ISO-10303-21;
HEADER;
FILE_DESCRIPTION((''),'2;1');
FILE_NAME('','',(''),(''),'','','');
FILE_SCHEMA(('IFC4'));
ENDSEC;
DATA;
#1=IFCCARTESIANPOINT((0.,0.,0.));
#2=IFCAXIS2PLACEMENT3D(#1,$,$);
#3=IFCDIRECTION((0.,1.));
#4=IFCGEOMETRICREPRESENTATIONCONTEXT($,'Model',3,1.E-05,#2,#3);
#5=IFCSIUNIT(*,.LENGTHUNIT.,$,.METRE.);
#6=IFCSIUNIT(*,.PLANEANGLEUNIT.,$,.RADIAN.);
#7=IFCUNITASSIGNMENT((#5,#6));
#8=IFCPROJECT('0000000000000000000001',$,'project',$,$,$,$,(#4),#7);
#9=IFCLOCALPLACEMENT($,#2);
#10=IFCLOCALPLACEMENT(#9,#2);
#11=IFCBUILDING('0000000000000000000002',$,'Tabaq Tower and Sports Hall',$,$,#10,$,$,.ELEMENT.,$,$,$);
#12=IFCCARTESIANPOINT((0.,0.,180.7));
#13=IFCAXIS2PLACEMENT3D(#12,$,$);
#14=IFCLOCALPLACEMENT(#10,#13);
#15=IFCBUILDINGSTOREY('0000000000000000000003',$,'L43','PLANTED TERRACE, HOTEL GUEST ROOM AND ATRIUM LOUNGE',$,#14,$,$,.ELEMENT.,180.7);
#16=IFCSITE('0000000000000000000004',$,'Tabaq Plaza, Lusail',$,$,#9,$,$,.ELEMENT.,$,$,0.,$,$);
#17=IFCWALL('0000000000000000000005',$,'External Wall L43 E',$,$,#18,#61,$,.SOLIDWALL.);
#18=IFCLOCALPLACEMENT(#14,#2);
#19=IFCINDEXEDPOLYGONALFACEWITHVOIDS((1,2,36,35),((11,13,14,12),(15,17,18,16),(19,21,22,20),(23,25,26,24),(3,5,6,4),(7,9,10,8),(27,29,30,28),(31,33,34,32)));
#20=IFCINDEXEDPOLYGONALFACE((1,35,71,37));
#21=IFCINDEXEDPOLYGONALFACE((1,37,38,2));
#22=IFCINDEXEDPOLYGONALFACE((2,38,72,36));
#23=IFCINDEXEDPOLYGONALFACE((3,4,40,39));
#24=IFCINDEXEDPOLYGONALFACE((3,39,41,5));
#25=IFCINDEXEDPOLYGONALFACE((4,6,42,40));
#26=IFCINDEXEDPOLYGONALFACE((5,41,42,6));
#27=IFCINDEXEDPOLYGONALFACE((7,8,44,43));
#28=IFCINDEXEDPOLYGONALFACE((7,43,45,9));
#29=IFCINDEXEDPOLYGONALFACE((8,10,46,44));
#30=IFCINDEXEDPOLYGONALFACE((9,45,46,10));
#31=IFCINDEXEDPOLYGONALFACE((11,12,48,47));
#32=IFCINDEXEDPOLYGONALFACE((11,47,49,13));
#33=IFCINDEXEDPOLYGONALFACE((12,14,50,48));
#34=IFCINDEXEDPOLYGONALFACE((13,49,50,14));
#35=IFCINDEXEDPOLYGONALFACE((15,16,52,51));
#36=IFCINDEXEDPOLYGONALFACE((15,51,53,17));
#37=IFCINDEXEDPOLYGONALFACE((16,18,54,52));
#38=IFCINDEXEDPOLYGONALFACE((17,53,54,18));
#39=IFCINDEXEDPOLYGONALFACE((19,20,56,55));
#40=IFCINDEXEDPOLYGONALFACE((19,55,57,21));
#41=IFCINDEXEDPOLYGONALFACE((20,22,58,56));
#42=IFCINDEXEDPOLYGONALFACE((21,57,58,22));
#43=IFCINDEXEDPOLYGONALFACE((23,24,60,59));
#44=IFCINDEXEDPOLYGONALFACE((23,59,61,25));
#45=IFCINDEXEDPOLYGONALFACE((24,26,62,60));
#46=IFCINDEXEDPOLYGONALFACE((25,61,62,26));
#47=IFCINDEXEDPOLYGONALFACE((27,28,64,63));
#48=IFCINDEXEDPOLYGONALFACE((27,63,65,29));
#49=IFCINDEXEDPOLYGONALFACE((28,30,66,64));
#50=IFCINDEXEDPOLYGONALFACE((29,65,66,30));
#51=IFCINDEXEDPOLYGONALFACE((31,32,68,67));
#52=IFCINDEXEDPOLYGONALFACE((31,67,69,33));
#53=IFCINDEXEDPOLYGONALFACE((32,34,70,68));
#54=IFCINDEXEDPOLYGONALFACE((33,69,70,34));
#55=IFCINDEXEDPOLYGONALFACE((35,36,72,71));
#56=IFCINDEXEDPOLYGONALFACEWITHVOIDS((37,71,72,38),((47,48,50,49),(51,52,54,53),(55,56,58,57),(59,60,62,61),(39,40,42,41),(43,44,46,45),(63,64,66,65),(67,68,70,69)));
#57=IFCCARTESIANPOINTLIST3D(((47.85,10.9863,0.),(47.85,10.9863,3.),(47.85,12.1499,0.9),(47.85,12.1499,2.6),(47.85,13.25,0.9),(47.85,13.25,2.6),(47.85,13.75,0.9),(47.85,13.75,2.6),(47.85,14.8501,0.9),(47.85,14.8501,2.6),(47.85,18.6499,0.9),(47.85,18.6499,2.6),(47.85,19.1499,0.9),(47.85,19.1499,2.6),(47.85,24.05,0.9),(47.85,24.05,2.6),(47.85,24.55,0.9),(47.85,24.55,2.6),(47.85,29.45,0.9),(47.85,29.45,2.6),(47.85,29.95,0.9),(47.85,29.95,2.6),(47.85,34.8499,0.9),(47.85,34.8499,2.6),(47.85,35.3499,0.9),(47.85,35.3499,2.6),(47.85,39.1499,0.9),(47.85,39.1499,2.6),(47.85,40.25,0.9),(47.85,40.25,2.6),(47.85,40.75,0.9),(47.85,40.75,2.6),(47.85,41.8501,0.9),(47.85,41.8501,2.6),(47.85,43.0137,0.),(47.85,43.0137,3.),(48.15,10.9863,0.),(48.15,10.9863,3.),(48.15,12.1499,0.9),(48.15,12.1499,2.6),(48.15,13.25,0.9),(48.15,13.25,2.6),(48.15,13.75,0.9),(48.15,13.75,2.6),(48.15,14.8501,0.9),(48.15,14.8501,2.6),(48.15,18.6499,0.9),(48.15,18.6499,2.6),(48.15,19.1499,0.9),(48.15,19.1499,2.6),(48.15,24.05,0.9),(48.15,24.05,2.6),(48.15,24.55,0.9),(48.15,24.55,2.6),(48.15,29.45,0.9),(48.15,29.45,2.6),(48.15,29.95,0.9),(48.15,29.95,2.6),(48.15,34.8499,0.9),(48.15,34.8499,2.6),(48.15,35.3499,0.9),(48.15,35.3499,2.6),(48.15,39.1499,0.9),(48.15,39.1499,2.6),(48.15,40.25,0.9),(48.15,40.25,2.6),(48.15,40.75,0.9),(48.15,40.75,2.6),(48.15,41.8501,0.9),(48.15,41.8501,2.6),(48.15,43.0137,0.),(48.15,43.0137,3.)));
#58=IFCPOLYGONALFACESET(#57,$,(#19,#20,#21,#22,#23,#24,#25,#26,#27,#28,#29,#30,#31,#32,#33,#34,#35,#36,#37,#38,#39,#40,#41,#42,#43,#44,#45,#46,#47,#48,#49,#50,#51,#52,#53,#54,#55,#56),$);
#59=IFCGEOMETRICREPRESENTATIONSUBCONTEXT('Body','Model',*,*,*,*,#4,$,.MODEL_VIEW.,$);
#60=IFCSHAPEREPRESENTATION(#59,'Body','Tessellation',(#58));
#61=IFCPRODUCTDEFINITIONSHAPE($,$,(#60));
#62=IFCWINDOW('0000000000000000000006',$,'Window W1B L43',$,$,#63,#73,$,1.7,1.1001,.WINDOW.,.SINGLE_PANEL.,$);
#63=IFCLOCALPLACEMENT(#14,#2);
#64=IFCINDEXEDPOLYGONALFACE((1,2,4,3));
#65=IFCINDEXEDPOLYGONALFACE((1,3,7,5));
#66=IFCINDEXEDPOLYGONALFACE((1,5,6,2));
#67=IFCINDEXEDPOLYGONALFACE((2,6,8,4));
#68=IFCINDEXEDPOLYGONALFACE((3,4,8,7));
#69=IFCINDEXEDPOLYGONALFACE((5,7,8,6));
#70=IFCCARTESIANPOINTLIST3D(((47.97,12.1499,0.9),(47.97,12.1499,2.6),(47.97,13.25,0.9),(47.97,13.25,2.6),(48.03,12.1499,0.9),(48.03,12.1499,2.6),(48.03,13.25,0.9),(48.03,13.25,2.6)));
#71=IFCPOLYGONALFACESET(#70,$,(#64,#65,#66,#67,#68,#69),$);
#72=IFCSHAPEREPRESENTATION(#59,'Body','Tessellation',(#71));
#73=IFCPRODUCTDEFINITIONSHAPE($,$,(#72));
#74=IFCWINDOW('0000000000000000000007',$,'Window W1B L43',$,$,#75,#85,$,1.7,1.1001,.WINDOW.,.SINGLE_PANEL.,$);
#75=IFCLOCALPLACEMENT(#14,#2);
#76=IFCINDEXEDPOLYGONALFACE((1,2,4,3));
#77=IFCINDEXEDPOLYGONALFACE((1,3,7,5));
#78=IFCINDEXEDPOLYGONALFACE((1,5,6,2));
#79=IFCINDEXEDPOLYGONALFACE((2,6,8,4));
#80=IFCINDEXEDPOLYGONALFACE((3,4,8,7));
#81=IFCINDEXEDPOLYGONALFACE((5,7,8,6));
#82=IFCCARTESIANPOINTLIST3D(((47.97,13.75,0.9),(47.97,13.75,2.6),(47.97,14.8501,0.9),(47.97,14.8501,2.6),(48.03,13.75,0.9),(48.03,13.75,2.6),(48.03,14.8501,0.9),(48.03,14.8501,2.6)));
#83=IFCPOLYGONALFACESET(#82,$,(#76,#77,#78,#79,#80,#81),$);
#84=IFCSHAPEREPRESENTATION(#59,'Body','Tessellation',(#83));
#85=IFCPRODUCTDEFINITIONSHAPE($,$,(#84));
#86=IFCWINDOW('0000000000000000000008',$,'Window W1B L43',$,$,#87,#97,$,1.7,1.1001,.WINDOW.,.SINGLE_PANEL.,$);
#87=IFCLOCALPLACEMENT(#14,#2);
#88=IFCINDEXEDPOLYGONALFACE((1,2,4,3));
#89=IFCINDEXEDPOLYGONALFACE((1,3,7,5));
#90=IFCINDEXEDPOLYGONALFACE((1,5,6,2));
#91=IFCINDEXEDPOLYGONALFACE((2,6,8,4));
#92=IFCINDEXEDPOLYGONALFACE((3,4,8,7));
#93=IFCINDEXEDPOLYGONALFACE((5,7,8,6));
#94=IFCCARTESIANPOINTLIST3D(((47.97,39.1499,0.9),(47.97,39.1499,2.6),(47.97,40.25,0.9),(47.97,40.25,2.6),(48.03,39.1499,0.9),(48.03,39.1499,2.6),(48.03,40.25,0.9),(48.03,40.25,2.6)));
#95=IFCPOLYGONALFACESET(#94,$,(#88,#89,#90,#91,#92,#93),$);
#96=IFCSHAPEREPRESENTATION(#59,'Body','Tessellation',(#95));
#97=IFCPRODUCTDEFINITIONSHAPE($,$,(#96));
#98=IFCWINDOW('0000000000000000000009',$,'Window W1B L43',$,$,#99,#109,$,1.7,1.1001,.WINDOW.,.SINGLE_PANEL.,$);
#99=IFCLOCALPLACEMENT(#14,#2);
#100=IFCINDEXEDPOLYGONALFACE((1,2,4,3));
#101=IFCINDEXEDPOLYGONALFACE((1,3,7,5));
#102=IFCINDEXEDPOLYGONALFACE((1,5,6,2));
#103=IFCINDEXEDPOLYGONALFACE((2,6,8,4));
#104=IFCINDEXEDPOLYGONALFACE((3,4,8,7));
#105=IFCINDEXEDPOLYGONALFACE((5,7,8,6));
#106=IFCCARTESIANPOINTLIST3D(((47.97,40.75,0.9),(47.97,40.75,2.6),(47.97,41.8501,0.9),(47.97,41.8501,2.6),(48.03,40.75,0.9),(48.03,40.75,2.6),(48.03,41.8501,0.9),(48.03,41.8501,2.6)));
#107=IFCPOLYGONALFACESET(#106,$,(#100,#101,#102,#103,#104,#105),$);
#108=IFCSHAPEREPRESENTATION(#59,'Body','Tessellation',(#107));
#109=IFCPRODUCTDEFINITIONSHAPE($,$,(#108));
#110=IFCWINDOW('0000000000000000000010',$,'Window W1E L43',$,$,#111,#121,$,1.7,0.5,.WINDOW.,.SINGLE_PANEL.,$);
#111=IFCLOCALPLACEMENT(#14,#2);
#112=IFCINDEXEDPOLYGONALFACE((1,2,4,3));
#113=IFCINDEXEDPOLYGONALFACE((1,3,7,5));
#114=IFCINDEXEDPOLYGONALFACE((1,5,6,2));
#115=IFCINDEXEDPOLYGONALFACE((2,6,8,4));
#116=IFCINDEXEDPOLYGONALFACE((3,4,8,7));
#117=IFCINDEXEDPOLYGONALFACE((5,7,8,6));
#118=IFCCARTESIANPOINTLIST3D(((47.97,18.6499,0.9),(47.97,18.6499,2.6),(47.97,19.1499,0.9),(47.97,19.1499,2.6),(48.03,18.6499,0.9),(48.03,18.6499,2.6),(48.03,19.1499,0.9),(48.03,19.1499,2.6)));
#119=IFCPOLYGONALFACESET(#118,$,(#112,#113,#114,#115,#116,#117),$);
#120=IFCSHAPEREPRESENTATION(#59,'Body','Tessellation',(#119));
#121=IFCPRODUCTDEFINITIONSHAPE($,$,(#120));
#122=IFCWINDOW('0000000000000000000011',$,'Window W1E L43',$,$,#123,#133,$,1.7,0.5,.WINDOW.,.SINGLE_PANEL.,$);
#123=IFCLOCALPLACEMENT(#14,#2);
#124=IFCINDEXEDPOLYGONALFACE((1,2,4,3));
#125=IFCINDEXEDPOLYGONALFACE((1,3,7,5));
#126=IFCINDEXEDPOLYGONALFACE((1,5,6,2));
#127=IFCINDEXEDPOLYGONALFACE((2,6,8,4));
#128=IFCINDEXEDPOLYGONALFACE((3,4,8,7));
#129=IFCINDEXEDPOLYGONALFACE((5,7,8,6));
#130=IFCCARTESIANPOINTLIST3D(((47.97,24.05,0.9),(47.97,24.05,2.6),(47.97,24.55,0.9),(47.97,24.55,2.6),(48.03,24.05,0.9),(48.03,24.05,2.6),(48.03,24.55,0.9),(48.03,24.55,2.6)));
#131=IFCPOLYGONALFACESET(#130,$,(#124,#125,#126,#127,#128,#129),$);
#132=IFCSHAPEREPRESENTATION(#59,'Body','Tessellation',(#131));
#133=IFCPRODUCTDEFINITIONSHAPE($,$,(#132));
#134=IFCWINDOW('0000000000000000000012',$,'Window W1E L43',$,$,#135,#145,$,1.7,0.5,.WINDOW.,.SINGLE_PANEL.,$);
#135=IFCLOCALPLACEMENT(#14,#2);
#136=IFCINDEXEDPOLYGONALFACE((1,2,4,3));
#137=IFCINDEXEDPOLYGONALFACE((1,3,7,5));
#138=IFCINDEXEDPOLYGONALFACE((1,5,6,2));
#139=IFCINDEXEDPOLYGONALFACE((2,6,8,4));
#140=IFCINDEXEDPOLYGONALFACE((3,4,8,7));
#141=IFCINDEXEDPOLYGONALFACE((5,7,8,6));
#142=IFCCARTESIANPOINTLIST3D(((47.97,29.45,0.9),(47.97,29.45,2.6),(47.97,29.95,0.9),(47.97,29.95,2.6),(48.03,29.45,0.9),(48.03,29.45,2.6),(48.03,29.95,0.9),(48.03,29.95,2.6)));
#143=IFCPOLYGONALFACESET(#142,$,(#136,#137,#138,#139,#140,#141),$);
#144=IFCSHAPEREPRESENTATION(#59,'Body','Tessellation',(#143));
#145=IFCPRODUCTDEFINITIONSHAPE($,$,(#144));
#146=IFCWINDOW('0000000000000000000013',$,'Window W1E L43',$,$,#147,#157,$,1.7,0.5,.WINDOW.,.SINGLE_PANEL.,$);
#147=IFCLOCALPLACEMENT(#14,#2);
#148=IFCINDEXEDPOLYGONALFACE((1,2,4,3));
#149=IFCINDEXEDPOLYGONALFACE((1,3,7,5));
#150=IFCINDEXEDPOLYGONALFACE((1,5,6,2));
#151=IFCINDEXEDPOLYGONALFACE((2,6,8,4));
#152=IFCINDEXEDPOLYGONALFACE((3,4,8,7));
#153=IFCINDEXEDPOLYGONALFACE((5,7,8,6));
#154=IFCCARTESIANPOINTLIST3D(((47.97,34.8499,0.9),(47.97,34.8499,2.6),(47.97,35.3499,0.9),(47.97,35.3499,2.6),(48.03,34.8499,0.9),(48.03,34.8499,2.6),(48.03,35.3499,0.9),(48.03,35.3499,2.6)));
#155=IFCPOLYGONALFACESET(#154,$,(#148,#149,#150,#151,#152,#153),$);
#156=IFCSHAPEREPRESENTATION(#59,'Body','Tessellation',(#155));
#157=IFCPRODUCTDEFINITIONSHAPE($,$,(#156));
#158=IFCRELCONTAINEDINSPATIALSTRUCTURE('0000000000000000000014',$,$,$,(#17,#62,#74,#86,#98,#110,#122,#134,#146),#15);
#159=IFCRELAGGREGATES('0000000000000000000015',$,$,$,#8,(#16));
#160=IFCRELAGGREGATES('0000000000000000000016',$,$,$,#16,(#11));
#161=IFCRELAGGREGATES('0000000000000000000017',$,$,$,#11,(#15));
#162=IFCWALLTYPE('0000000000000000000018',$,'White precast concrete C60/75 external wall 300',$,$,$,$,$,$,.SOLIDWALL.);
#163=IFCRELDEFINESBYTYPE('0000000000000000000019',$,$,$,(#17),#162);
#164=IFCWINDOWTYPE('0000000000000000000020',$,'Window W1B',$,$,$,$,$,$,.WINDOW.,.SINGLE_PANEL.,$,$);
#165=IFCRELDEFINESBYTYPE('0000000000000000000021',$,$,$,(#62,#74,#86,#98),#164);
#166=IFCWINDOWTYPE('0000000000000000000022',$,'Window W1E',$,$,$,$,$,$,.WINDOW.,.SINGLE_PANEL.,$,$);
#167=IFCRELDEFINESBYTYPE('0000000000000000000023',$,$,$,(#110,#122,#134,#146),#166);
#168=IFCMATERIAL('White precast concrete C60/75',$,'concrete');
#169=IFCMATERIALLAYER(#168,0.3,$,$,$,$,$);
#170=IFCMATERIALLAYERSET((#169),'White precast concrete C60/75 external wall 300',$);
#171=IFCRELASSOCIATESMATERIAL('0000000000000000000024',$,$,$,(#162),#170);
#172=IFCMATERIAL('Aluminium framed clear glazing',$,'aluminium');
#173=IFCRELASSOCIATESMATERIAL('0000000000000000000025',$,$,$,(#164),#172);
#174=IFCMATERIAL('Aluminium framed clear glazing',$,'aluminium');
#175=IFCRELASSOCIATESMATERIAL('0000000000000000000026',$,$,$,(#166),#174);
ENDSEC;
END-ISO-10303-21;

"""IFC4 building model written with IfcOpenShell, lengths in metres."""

from ifc_helpers import new_model, si_unit, direction, frame, frame_2d, origin, place, context, subcontext, project, spatial, rectangle, extrude, material, layer, layer_set, type_object, element, fill, save


model = new_model("IFC4")

# Units and contexts
model_context = context("Model", 3, precision=1e-05, world=origin(), true_north=direction((0.0, 1.0)))
body_context = subcontext(model_context, "Body", "Model", "MODEL_VIEW")
ifc_project = project(units=[si_unit("LENGTHUNIT", "METRE"), si_unit("PLANEANGLEUNIT", "RADIAN")], contexts=[model_context])

# Site, building, storey
site_placement = place(None, origin())
site = spatial("IfcSite", under=ifc_project, at=site_placement, Name="Tabaq Plaza, Lusail", CompositionType="ELEMENT", RefElevation=0.0)
building_placement = place(site_placement, origin())
building = spatial("IfcBuilding", under=site, at=building_placement, Name="Tabaq Tower and Sports Hall", CompositionType="ELEMENT")
storey_placement = place(building_placement, frame((0.0, 0.0, 180.7)))
storey = spatial("IfcBuildingStorey", under=building, at=storey_placement, Name="L43", Description="PLANTED TERRACE, HOTEL GUEST ROOM AND ATRIUM LOUNGE", CompositionType="ELEMENT", Elevation=180.7)

# Wall, openings, windows
ifc_material_1 = material(Name="White precast concrete C60/75", Category="concrete")
ifc_layer_1 = layer(ifc_material_1, 0.3)
ifc_layer_set_1 = layer_set([ifc_layer_1], Name="White precast concrete C60/75 external wall 300")
wall_type_1 = type_object("IfcWallType", Name="White precast concrete C60/75 external wall 300", PredefinedType="SOLIDWALL", material=ifc_layer_set_1)
wall_1_placement = place(storey_placement, frame((48.0, 10.9863, 0.0), z_axis=(0.0, 0.0, 1.0), x_axis=(0.0, 1.0, 0.0)))
wall_1 = element("IfcWall", 1, at=wall_1_placement, inside=storey, type_object=wall_type_1, Name="External Wall L43 E", PredefinedType="SOLIDWALL", context=body_context, shape_type="SweptSolid", body=[
    extrude(rectangle(XDim=32.0273, YDim=0.3, at=frame_2d((16.0137, 0.0))), origin(), (0.0, 0.0, 1.0), 3.0),
])
opening_1_placement = place(wall_1_placement, frame((1.1636, 0.0, 0.8999)))
opening_1 = element("IfcOpeningElement", 2, at=opening_1_placement, cuts=wall_1, PredefinedType="OPENING", context=body_context, shape_type="SweptSolid", body=[
    extrude(rectangle(XDim=1.1001, YDim=1.7, at=frame_2d((0.55, 0.8501))), frame((0.0, 0.1602, 0.0), z_axis=(0.0, -1.0, 0.0), x_axis=(1.0, 0.0, 0.0)), (0.0, 0.0, 1.0), 0.3201),
])
opening_2_placement = place(wall_1_placement, frame((2.7637, 0.0, 0.8999)))
opening_2 = element("IfcOpeningElement", 3, at=opening_2_placement, cuts=wall_1, PredefinedType="OPENING", context=body_context, shape_type="SweptSolid", body=[
    extrude(rectangle(XDim=1.1001, YDim=1.7, at=frame_2d((0.55, 0.8501))), frame((0.0, 0.1602, 0.0), z_axis=(0.0, -1.0, 0.0), x_axis=(1.0, 0.0, 0.0)), (0.0, 0.0, 1.0), 0.3201),
])
opening_3_placement = place(wall_1_placement, frame((7.6636, 0.0, 0.8999)))
opening_3 = element("IfcOpeningElement", 4, at=opening_3_placement, cuts=wall_1, PredefinedType="OPENING", context=body_context, shape_type="SweptSolid", body=[
    extrude(rectangle(XDim=0.5, YDim=1.7, at=frame_2d((0.25, 0.8501))), frame((0.0, 0.1602, 0.0), z_axis=(0.0, -1.0, 0.0), x_axis=(1.0, 0.0, 0.0)), (0.0, 0.0, 1.0), 0.3201),
])
opening_4_placement = place(wall_1_placement, frame((13.0637, 0.0, 0.8999)))
opening_4 = element("IfcOpeningElement", 5, at=opening_4_placement, cuts=wall_1, PredefinedType="OPENING", context=body_context, shape_type="SweptSolid", body=[
    extrude(rectangle(XDim=0.5, YDim=1.7, at=frame_2d((0.25, 0.8501))), frame((0.0, 0.1602, 0.0), z_axis=(0.0, -1.0, 0.0), x_axis=(1.0, 0.0, 0.0)), (0.0, 0.0, 1.0), 0.3201),
])
opening_5_placement = place(wall_1_placement, frame((18.4636, 0.0, 0.8999)))
opening_5 = element("IfcOpeningElement", 6, at=opening_5_placement, cuts=wall_1, PredefinedType="OPENING", context=body_context, shape_type="SweptSolid", body=[
    extrude(rectangle(XDim=0.5, YDim=1.7, at=frame_2d((0.25, 0.8501))), frame((0.0, 0.1602, 0.0), z_axis=(0.0, -1.0, 0.0), x_axis=(1.0, 0.0, 0.0)), (0.0, 0.0, 1.0), 0.3201),
])
opening_6_placement = place(wall_1_placement, frame((23.8635, 0.0, 0.8999)))
opening_6 = element("IfcOpeningElement", 7, at=opening_6_placement, cuts=wall_1, PredefinedType="OPENING", context=body_context, shape_type="SweptSolid", body=[
    extrude(rectangle(XDim=0.5, YDim=1.7, at=frame_2d((0.25, 0.8501))), frame((0.0, 0.1602, 0.0), z_axis=(0.0, -1.0, 0.0), x_axis=(1.0, 0.0, 0.0)), (0.0, 0.0, 1.0), 0.3201),
])
opening_7_placement = place(wall_1_placement, frame((28.1636, 0.0, 0.8999)))
opening_7 = element("IfcOpeningElement", 8, at=opening_7_placement, cuts=wall_1, PredefinedType="OPENING", context=body_context, shape_type="SweptSolid", body=[
    extrude(rectangle(XDim=1.1001, YDim=1.7, at=frame_2d((0.55, 0.8501))), frame((0.0, 0.1602, 0.0), z_axis=(0.0, -1.0, 0.0), x_axis=(1.0, 0.0, 0.0)), (0.0, 0.0, 1.0), 0.3201),
])
opening_8_placement = place(wall_1_placement, frame((29.7637, 0.0, 0.8999)))
opening_8 = element("IfcOpeningElement", 9, at=opening_8_placement, cuts=wall_1, PredefinedType="OPENING", context=body_context, shape_type="SweptSolid", body=[
    extrude(rectangle(XDim=1.1001, YDim=1.7, at=frame_2d((0.55, 0.8501))), frame((0.0, 0.1602, 0.0), z_axis=(0.0, -1.0, 0.0), x_axis=(1.0, 0.0, 0.0)), (0.0, 0.0, 1.0), 0.3201),
])
ifc_material_2 = material(Name="Aluminium framed clear glazing", Category="aluminium")
window_type_1 = type_object("IfcWindowType", Name="Window W1B", PartitioningType="SINGLE_PANEL", PredefinedType="WINDOW", material=ifc_material_2)
window_1_placement = place(opening_1_placement, origin())
window_1 = element("IfcWindow", 10, at=window_1_placement, inside=storey, type_object=window_type_1, Name="Window W1B L43", OverallHeight=1.7, OverallWidth=1.1001, PartitioningType="SINGLE_PANEL", PredefinedType="WINDOW", context=body_context, shape_type="SweptSolid", body=[
    extrude(rectangle(XDim=1.1001, YDim=1.7, at=frame_2d((0.55, 0.8501))), frame((0.0, 0.03, 0.0), z_axis=(0.0, -1.0, 0.0), x_axis=(1.0, 0.0, 0.0)), (0.0, 0.0, 1.0), 0.0601),
])
fill(opening_1, window_1)
window_2_placement = place(opening_2_placement, origin())
window_2 = element("IfcWindow", 11, at=window_2_placement, inside=storey, type_object=window_type_1, Name="Window W1B L43", OverallHeight=1.7, OverallWidth=1.1001, PartitioningType="SINGLE_PANEL", PredefinedType="WINDOW", context=body_context, shape_type="SweptSolid", body=[
    extrude(rectangle(XDim=1.1001, YDim=1.7, at=frame_2d((0.55, 0.8501))), frame((0.0, 0.03, 0.0), z_axis=(0.0, -1.0, 0.0), x_axis=(1.0, 0.0, 0.0)), (0.0, 0.0, 1.0), 0.0601),
])
fill(opening_2, window_2)
window_3_placement = place(opening_7_placement, origin())
window_3 = element("IfcWindow", 12, at=window_3_placement, inside=storey, type_object=window_type_1, Name="Window W1B L43", OverallHeight=1.7, OverallWidth=1.1001, PartitioningType="SINGLE_PANEL", PredefinedType="WINDOW", context=body_context, shape_type="SweptSolid", body=[
    extrude(rectangle(XDim=1.1001, YDim=1.7, at=frame_2d((0.55, 0.8501))), frame((0.0, 0.03, 0.0), z_axis=(0.0, -1.0, 0.0), x_axis=(1.0, 0.0, 0.0)), (0.0, 0.0, 1.0), 0.0601),
])
fill(opening_7, window_3)
window_4_placement = place(opening_8_placement, origin())
window_4 = element("IfcWindow", 13, at=window_4_placement, inside=storey, type_object=window_type_1, Name="Window W1B L43", OverallHeight=1.7, OverallWidth=1.1001, PartitioningType="SINGLE_PANEL", PredefinedType="WINDOW", context=body_context, shape_type="SweptSolid", body=[
    extrude(rectangle(XDim=1.1001, YDim=1.7, at=frame_2d((0.55, 0.8501))), frame((0.0, 0.03, 0.0), z_axis=(0.0, -1.0, 0.0), x_axis=(1.0, 0.0, 0.0)), (0.0, 0.0, 1.0), 0.0601),
])
fill(opening_8, window_4)
ifc_material_3 = material(Name="Aluminium framed clear glazing", Category="aluminium")
window_type_2 = type_object("IfcWindowType", Name="Window W1E", PartitioningType="SINGLE_PANEL", PredefinedType="WINDOW", material=ifc_material_3)
window_5_placement = place(opening_3_placement, origin())
window_5 = element("IfcWindow", 14, at=window_5_placement, inside=storey, type_object=window_type_2, Name="Window W1E L43", OverallHeight=1.7, OverallWidth=0.5, PartitioningType="SINGLE_PANEL", PredefinedType="WINDOW", context=body_context, shape_type="SweptSolid", body=[
    extrude(rectangle(XDim=0.5, YDim=1.7, at=frame_2d((0.25, 0.8501))), frame((0.0, 0.03, 0.0), z_axis=(0.0, -1.0, 0.0), x_axis=(1.0, 0.0, 0.0)), (0.0, 0.0, 1.0), 0.0601),
])
fill(opening_3, window_5)
window_6_placement = place(opening_4_placement, origin())
window_6 = element("IfcWindow", 15, at=window_6_placement, inside=storey, type_object=window_type_2, Name="Window W1E L43", OverallHeight=1.7, OverallWidth=0.5, PartitioningType="SINGLE_PANEL", PredefinedType="WINDOW", context=body_context, shape_type="SweptSolid", body=[
    extrude(rectangle(XDim=0.5, YDim=1.7, at=frame_2d((0.25, 0.8501))), frame((0.0, 0.03, 0.0), z_axis=(0.0, -1.0, 0.0), x_axis=(1.0, 0.0, 0.0)), (0.0, 0.0, 1.0), 0.0601),
])
fill(opening_4, window_6)
window_7_placement = place(opening_5_placement, origin())
window_7 = element("IfcWindow", 16, at=window_7_placement, inside=storey, type_object=window_type_2, Name="Window W1E L43", OverallHeight=1.7, OverallWidth=0.5, PartitioningType="SINGLE_PANEL", PredefinedType="WINDOW", context=body_context, shape_type="SweptSolid", body=[
    extrude(rectangle(XDim=0.5, YDim=1.7, at=frame_2d((0.25, 0.8501))), frame((0.0, 0.03, 0.0), z_axis=(0.0, -1.0, 0.0), x_axis=(1.0, 0.0, 0.0)), (0.0, 0.0, 1.0), 0.0601),
])
fill(opening_5, window_7)
window_8_placement = place(opening_6_placement, origin())
window_8 = element("IfcWindow", 17, at=window_8_placement, inside=storey, type_object=window_type_2, Name="Window W1E L43", OverallHeight=1.7, OverallWidth=0.5, PartitioningType="SINGLE_PANEL", PredefinedType="WINDOW", context=body_context, shape_type="SweptSolid", body=[
    extrude(rectangle(XDim=0.5, YDim=1.7, at=frame_2d((0.25, 0.8501))), frame((0.0, 0.03, 0.0), z_axis=(0.0, -1.0, 0.0), x_axis=(1.0, 0.0, 0.0)), (0.0, 0.0, 1.0), 0.0601),
])
fill(opening_6, window_8)

save(model, "model.ifc")
